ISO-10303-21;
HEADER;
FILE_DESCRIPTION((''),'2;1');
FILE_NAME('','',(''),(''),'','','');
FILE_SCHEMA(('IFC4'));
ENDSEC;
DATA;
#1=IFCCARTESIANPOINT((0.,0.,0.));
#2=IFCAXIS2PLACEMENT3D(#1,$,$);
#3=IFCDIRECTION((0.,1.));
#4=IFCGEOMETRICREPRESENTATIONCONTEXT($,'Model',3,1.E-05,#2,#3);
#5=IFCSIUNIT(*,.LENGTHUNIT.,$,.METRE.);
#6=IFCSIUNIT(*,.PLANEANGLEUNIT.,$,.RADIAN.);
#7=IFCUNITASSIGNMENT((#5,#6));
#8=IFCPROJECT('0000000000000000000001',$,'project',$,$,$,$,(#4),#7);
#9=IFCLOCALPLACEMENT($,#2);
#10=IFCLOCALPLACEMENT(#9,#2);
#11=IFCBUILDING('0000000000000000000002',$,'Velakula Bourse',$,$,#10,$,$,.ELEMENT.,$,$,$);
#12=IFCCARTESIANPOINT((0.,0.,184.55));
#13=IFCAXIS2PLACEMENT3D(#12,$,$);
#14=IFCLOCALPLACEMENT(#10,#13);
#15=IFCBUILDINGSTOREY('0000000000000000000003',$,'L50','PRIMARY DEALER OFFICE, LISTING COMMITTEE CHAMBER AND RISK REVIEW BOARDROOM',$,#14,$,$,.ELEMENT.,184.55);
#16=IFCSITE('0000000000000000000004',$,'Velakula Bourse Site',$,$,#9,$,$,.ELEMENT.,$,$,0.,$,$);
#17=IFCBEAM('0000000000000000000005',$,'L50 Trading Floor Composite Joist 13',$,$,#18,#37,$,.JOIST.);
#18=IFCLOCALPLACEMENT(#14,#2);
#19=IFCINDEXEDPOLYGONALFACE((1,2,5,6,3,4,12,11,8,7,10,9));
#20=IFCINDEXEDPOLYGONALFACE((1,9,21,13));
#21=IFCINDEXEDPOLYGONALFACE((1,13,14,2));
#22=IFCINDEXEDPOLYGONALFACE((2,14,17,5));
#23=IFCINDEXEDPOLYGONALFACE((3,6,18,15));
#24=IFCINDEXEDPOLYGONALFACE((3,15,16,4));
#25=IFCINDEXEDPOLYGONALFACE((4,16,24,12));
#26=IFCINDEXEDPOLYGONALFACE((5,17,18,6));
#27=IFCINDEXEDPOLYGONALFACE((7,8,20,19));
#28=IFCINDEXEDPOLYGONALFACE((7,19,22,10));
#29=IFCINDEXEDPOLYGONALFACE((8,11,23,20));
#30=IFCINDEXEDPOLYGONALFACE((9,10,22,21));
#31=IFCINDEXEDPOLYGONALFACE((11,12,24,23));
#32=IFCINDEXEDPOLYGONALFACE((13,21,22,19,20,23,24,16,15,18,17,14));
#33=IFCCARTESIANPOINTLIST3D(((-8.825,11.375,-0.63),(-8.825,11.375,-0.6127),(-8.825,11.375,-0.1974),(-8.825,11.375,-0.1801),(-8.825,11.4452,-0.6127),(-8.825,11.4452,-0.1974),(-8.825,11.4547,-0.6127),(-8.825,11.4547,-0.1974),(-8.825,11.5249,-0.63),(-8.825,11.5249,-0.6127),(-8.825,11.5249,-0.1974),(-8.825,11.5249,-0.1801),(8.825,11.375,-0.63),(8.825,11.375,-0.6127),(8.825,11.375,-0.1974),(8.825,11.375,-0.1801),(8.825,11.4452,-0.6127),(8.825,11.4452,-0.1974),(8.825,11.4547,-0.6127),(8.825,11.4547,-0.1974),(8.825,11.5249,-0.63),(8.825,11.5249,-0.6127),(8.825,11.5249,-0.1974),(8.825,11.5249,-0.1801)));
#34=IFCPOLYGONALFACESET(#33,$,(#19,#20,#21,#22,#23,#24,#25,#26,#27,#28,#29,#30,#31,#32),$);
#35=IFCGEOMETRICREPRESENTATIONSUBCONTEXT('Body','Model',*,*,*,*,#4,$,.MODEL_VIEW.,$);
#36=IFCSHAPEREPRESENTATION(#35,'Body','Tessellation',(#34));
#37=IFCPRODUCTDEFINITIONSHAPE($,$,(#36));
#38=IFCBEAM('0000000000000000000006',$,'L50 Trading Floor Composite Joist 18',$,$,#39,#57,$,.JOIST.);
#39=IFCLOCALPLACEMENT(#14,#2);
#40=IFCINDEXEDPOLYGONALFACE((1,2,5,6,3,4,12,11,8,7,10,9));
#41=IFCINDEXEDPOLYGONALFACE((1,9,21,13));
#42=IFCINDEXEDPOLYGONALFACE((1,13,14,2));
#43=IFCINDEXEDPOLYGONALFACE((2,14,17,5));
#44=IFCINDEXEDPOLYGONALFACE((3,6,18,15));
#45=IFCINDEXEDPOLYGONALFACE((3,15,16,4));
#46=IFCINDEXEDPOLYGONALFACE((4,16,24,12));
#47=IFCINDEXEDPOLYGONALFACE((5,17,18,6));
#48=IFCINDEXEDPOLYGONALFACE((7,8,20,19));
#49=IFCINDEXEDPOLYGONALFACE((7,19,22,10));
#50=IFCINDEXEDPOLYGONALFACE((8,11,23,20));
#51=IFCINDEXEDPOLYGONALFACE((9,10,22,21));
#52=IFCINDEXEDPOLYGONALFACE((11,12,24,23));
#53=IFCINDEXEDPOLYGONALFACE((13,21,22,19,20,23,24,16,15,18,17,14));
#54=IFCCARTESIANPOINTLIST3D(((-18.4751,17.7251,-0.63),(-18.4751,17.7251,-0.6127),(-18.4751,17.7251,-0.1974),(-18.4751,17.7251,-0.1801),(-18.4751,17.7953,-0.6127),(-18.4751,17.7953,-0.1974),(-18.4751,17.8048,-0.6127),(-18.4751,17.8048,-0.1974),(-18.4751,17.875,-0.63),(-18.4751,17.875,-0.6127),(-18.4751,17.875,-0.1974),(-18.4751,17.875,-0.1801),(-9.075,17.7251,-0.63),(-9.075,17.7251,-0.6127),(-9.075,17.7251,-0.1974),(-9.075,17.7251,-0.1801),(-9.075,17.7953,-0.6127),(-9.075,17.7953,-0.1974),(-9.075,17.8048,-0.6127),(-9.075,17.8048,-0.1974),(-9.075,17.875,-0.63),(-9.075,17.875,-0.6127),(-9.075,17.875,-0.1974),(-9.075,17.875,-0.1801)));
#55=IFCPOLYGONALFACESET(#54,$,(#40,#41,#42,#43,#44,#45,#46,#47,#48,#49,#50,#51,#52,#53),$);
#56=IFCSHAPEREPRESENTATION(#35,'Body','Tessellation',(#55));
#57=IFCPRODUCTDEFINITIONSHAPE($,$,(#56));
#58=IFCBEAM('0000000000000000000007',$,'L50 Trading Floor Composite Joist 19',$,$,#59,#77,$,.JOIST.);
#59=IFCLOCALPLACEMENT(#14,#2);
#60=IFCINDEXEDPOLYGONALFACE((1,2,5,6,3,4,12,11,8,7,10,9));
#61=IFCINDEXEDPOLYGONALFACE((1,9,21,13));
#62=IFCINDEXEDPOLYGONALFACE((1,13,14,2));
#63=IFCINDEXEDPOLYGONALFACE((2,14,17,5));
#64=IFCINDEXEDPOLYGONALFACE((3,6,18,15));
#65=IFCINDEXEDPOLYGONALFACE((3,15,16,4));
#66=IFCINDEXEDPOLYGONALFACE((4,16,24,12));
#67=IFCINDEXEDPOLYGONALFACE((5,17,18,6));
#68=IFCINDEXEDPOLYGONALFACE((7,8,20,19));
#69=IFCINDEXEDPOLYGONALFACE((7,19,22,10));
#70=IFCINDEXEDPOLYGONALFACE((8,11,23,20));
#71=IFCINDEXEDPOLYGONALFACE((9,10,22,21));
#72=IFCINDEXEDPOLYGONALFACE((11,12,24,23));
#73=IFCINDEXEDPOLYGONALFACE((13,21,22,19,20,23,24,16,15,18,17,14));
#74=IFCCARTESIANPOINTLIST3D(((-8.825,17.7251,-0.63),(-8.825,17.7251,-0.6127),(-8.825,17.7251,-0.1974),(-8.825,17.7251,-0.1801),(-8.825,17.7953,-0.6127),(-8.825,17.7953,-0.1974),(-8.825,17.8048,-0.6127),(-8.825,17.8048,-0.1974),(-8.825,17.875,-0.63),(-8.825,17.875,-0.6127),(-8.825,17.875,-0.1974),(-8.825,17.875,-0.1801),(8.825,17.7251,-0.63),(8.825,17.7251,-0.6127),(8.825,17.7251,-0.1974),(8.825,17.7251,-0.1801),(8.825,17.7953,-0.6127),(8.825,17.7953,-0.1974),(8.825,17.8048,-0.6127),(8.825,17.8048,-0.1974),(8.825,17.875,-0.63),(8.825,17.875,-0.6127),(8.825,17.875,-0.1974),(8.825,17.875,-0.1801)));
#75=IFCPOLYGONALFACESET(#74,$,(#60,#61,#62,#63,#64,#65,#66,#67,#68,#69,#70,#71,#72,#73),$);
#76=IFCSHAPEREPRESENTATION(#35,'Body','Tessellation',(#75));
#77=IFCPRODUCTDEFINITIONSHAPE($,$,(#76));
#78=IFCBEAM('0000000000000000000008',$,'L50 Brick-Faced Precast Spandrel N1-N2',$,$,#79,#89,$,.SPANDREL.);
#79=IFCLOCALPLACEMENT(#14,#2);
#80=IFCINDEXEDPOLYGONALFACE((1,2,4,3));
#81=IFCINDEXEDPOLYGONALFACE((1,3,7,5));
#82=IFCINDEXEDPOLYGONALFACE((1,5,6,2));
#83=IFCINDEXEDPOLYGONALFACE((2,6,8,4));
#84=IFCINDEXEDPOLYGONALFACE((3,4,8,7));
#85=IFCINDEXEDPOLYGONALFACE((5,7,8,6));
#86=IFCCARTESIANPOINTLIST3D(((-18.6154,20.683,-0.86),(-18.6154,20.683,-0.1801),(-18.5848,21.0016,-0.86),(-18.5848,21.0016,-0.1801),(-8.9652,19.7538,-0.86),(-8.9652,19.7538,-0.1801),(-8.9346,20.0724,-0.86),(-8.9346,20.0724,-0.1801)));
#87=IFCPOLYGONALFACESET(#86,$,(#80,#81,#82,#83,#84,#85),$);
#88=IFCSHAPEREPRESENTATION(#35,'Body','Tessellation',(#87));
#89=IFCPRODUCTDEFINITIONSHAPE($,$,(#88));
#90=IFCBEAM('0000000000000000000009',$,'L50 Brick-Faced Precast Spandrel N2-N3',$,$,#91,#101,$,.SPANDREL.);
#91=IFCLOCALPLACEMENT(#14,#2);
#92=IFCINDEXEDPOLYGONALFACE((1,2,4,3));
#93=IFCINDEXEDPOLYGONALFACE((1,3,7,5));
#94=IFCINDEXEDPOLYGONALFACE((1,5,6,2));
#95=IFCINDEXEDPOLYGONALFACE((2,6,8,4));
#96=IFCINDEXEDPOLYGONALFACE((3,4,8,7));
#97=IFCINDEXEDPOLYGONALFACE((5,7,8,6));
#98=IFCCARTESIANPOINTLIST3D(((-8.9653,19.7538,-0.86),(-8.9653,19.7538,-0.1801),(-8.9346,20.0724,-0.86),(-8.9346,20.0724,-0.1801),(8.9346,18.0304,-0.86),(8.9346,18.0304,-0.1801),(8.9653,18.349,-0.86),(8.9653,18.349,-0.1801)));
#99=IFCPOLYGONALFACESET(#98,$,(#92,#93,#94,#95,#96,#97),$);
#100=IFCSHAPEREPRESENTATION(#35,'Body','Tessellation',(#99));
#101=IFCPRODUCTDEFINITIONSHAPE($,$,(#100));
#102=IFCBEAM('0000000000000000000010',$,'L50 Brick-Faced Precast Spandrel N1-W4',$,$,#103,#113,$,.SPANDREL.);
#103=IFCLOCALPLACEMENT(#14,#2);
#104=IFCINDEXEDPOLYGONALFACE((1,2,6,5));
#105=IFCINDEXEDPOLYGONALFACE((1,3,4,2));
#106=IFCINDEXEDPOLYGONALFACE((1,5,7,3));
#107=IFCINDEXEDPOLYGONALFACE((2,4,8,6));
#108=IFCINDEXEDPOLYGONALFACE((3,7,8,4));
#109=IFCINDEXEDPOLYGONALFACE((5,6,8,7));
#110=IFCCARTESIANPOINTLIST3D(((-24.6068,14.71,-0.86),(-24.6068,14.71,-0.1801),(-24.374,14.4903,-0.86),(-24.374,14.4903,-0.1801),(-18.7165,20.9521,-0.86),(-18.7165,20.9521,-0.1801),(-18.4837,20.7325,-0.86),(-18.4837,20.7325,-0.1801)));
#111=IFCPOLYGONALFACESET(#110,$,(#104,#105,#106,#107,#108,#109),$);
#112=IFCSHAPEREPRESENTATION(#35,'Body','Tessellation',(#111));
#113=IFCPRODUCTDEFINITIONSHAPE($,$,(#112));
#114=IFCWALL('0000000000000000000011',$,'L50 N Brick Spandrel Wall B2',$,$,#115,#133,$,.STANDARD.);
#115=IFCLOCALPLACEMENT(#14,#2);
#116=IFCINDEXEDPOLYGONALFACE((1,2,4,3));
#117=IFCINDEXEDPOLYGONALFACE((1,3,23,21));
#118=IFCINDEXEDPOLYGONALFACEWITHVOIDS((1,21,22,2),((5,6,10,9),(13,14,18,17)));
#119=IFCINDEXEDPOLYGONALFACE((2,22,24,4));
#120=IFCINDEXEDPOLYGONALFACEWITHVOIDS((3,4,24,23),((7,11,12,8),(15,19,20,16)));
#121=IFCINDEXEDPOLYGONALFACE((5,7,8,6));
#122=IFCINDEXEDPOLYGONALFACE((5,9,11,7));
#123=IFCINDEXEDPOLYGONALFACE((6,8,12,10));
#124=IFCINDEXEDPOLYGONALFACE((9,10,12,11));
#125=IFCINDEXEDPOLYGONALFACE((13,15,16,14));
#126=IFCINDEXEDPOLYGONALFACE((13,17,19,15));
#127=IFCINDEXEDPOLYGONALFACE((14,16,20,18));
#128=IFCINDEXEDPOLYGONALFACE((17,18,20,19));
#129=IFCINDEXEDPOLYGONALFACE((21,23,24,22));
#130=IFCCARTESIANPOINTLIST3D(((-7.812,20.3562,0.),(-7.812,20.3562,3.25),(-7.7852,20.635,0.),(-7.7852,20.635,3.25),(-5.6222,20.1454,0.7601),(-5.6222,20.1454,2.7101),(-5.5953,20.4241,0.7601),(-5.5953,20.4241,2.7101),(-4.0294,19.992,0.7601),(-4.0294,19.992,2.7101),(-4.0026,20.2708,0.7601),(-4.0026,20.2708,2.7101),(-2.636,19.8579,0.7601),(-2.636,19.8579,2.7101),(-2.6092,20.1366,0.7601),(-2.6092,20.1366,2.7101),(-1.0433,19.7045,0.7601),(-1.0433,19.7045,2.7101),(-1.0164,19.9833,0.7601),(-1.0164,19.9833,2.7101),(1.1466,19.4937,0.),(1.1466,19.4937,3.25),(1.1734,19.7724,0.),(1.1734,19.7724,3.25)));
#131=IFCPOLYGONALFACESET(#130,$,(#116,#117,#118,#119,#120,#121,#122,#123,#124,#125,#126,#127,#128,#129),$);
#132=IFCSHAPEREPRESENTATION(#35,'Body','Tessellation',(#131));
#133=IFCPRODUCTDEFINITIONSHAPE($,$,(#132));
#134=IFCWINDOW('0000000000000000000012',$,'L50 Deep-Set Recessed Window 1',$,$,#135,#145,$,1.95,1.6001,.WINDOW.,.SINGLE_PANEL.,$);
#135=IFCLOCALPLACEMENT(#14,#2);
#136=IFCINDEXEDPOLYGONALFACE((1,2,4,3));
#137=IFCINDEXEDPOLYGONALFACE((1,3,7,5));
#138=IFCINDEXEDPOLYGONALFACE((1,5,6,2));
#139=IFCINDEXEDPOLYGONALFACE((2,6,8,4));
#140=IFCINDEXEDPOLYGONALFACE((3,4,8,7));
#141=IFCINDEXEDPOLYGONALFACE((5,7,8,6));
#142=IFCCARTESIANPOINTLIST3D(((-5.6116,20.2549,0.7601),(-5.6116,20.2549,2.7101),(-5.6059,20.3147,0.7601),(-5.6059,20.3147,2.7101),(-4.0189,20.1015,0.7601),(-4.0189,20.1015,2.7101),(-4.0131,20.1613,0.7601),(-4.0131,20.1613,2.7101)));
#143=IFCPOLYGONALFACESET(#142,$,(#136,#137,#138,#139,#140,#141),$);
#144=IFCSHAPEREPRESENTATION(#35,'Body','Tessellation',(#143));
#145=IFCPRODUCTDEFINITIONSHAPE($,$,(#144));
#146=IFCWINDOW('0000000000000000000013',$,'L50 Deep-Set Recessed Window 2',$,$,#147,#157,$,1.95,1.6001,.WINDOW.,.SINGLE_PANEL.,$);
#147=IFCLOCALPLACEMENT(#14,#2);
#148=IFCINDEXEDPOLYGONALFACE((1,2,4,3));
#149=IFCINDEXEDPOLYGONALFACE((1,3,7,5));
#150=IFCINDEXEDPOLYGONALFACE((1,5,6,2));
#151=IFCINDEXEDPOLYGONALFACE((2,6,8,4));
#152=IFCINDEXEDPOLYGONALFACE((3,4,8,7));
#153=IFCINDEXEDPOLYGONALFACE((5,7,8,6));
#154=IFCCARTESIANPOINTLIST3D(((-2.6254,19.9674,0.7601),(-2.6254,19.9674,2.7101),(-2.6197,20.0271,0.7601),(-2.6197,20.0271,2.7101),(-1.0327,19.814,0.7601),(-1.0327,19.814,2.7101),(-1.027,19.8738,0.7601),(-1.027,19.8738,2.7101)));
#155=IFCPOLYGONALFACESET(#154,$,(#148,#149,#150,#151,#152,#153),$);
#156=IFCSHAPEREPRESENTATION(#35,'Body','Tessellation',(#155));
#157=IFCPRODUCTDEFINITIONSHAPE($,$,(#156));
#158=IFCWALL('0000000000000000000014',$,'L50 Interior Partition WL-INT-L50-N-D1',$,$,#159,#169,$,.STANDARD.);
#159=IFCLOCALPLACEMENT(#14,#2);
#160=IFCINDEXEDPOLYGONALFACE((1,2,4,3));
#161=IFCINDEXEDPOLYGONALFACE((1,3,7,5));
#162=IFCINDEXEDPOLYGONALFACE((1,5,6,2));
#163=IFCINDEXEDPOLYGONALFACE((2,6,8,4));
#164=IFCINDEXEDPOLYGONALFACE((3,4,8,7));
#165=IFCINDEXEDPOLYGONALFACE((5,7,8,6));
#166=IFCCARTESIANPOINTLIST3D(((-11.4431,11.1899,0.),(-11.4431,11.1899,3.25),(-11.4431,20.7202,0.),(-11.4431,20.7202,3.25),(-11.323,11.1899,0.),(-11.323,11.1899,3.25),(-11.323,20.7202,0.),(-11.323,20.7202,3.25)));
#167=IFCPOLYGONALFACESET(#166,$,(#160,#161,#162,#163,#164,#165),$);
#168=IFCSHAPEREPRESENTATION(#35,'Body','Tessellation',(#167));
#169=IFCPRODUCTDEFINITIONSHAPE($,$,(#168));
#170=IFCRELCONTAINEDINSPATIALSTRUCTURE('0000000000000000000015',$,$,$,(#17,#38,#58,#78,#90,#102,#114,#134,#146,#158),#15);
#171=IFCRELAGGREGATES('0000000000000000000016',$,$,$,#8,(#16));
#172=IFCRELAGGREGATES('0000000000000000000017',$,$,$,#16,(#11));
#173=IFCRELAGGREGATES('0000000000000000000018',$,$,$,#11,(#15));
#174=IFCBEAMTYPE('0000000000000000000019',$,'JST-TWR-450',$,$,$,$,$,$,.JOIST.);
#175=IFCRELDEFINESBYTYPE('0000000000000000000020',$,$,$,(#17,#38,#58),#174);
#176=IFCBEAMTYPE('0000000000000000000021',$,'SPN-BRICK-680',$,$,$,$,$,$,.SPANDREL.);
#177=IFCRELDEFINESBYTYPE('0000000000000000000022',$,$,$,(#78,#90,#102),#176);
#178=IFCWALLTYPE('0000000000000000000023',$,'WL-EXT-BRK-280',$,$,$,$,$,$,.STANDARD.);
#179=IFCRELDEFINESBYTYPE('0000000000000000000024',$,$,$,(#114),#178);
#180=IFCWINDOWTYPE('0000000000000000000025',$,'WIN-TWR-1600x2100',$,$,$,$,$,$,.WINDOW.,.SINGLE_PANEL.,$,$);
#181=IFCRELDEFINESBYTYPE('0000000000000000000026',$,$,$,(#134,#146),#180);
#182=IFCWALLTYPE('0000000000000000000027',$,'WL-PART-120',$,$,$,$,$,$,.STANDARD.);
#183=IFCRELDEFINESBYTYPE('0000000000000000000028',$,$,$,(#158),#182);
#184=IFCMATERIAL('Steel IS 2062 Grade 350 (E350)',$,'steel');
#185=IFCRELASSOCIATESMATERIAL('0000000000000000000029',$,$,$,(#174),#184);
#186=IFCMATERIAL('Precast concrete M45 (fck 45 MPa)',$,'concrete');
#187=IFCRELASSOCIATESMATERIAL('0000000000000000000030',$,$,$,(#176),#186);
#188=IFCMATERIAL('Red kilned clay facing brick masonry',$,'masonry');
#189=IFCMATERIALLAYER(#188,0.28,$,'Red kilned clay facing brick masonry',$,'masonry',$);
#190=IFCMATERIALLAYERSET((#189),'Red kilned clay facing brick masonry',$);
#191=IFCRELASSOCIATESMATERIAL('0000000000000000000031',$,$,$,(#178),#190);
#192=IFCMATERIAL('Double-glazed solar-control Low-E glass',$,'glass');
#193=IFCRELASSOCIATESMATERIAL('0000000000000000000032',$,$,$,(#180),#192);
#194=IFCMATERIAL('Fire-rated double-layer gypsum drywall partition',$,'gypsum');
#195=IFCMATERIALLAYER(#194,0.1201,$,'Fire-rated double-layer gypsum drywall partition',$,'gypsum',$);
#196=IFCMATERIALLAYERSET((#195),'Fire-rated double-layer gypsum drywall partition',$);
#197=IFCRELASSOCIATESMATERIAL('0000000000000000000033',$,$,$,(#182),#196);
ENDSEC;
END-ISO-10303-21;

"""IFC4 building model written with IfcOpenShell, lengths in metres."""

from ifc_helpers import new_model, si_unit, direction, frame, frame_2d, origin, origin_2d, place, context, subcontext, project, spatial, rectangle, i_section, extrude, material, layer, layer_set, material_profile, profile_set, type_object, element, fill, save


model = new_model("IFC4")

# Units and contexts
model_context = context("Model", 3, precision=1e-05, world=origin(), true_north=direction((0.0, 1.0)))
body_context = subcontext(model_context, "Body", "Model", "MODEL_VIEW")
ifc_project = project(units=[si_unit("LENGTHUNIT", "METRE"), si_unit("PLANEANGLEUNIT", "RADIAN")], contexts=[model_context])

# Site, building, storey
site_placement = place(None, origin())
site = spatial("IfcSite", under=ifc_project, at=site_placement, Name="Velakula Bourse Site", CompositionType="ELEMENT", RefElevation=0.0)
building_placement = place(site_placement, origin())
building = spatial("IfcBuilding", under=site, at=building_placement, Name="Velakula Bourse", CompositionType="ELEMENT")
storey_placement = place(building_placement, frame((0.0, 0.0, 184.55)))
storey = spatial("IfcBuildingStorey", under=building, at=storey_placement, Name="L50", Description="PRIMARY DEALER OFFICE, LISTING COMMITTEE CHAMBER AND RISK REVIEW BOARDROOM", CompositionType="ELEMENT", Elevation=184.55)

# Shared definitions
ifc_material_1 = material(Name="Steel IS 2062 Grade 350 (E350)", Category="steel")

# Beams
ifc_material_profile_1 = material_profile(ifc_material_1, i_section(OverallWidth=0.1499, OverallDepth=0.45, WebThickness=0.0095, FlangeThickness=0.0173, at=origin_2d()), Name="Steel IS 2062 Grade 350 (E350)")
ifc_profile_set_1 = profile_set([ifc_material_profile_1], Name="Steel IS 2062 Grade 350 (E350)")
beam_type_1 = type_object("IfcBeamType", Name="JST-TWR-450", PredefinedType="JOIST", material=ifc_profile_set_1)
beam_1_placement = place(storey_placement, frame((-8.825, 11.45, -0.405), z_axis=(1.0, 0.0, 0.0), x_axis=(0.0, 1.0, 0.0)))
element("IfcBeam", 1, at=beam_1_placement, inside=storey, type_object=beam_type_1, Name="L50 Trading Floor Composite Joist 13", PredefinedType="JOIST", context=body_context, shape_type="SweptSolid", body=[
    extrude(i_section(OverallWidth=0.1499, OverallDepth=0.45, WebThickness=0.0095, FlangeThickness=0.0173, at=origin_2d()), origin(), (0.0, 0.0, 1.0), 17.6499),
])
beam_2_placement = place(storey_placement, frame((-18.4751, 17.8, -0.405), z_axis=(1.0, 0.0, 0.0), x_axis=(0.0, 1.0, 0.0)))
element("IfcBeam", 2, at=beam_2_placement, inside=storey, type_object=beam_type_1, Name="L50 Trading Floor Composite Joist 18", PredefinedType="JOIST", context=body_context, shape_type="SweptSolid", body=[
    extrude(i_section(OverallWidth=0.1499, OverallDepth=0.45, WebThickness=0.0095, FlangeThickness=0.0173, at=origin_2d()), origin(), (0.0, 0.0, 1.0), 9.4001),
])
beam_3_placement = place(storey_placement, frame((-8.825, 17.8, -0.405), z_axis=(1.0, 0.0, 0.0), x_axis=(0.0, 1.0, 0.0)))
element("IfcBeam", 3, at=beam_3_placement, inside=storey, type_object=beam_type_1, Name="L50 Trading Floor Composite Joist 19", PredefinedType="JOIST", context=body_context, shape_type="SweptSolid", body=[
    extrude(i_section(OverallWidth=0.1499, OverallDepth=0.45, WebThickness=0.0095, FlangeThickness=0.0173, at=origin_2d()), origin(), (0.0, 0.0, 1.0), 17.6499),
])
ifc_material_2 = material(Name="Precast concrete M45 (fck 45 MPa)", Category="concrete")
ifc_material_profile_2 = material_profile(ifc_material_2, rectangle(XDim=0.3201, YDim=0.6799, at=origin_2d()), Name="Precast concrete M45 (fck 45 MPa)")
ifc_profile_set_2 = profile_set([ifc_material_profile_2], Name="Precast concrete M45 (fck 45 MPa)")
beam_type_2 = type_object("IfcBeamType", Name="SPN-BRICK-680", PredefinedType="SPANDREL", material=ifc_profile_set_2)
beam_4_placement = place(storey_placement, frame((-18.6001, 20.8423, -0.52), z_axis=(0.995396, -0.095845, 0.0), x_axis=(0.095845, 0.995396, 0.0)))
element("IfcBeam", 4, at=beam_4_placement, inside=storey, type_object=beam_type_2, Name="L50 Brick-Faced Precast Spandrel N1-N2", PredefinedType="SPANDREL", context=body_context, shape_type="SweptSolid", body=[
    extrude(rectangle(XDim=0.3201, YDim=0.6799, at=origin_2d()), origin(), (0.0, 0.0, 1.0), 9.6948),
])
beam_5_placement = place(storey_placement, frame((-8.95, 19.9131, -0.52), z_axis=(0.995397, -0.095836, 0.0), x_axis=(0.095836, 0.995397, 0.0)))
element("IfcBeam", 5, at=beam_5_placement, inside=storey, type_object=beam_type_2, Name="L50 Brick-Faced Precast Spandrel N2-N3", PredefinedType="SPANDREL", context=body_context, shape_type="SweptSolid", body=[
    extrude(rectangle(XDim=0.3201, YDim=0.6799, at=origin_2d()), origin(), (0.0, 0.0, 1.0), 17.9827),
])
beam_6_placement = place(storey_placement, frame((-18.6001, 20.8423, -0.52), z_axis=(-0.686314, -0.727305, 0.0), x_axis=(0.727305, -0.686314, 0.0)))
element("IfcBeam", 6, at=beam_6_placement, inside=storey, type_object=beam_type_2, Name="L50 Brick-Faced Precast Spandrel N1-W4", PredefinedType="SPANDREL", context=body_context, shape_type="SweptSolid", body=[
    extrude(rectangle(XDim=0.3201, YDim=0.6799, at=origin_2d()), origin(), (0.0, 0.0, 1.0), 8.5825),
])

# Wall, openings, windows
ifc_material_3 = material(Name="Red kilned clay facing brick masonry", Category="masonry")
ifc_layer_1 = layer(ifc_material_3, 0.28, Name="Red kilned clay facing brick masonry", Category="masonry")
ifc_layer_set_1 = layer_set([ifc_layer_1], Name="Red kilned clay facing brick masonry")
wall_type_1 = type_object("IfcWallType", Name="WL-EXT-BRK-280", PredefinedType="STANDARD", material=ifc_layer_set_1)
wall_1_placement = place(storey_placement, frame((-7.7986, 20.4956, 0.0), z_axis=(0.0, 0.0, 1.0), x_axis=(0.995397, -0.09584, 0.0)))
wall_1 = element("IfcWall", 7, at=wall_1_placement, inside=storey, type_object=wall_type_1, Name="L50 N Brick Spandrel Wall B2", PredefinedType="STANDARD", context=body_context, shape_type="SweptSolid", body=[
    extrude(rectangle(XDim=9.0, YDim=0.28, at=frame_2d((4.5, 0.0))), origin(), (0.0, 0.0, 1.0), 3.25),
])
opening_1_placement = place(wall_1_placement, frame((2.2, 0.0, 0.76)))
opening_1 = element("IfcOpeningElement", 8, at=opening_1_placement, cuts=wall_1, PredefinedType="OPENING", context=body_context, shape_type="SweptSolid", body=[
    extrude(rectangle(XDim=1.6001, YDim=1.95, at=frame_2d((0.8, 0.9751))), frame((0.0, 0.1499, 0.0), z_axis=(0.0, -1.0, 0.0), x_axis=(1.0, 0.0, 0.0)), (0.0, 0.0, 1.0), 0.3),
])
opening_2_placement = place(wall_1_placement, frame((5.2, 0.0, 0.76)))
opening_2 = element("IfcOpeningElement", 9, at=opening_2_placement, cuts=wall_1, PredefinedType="OPENING", context=body_context, shape_type="SweptSolid", body=[
    extrude(rectangle(XDim=1.6001, YDim=1.95, at=frame_2d((0.8, 0.9751))), frame((0.0, 0.1499, 0.0), z_axis=(0.0, -1.0, 0.0), x_axis=(1.0, 0.0, 0.0)), (0.0, 0.0, 1.0), 0.3),
])
ifc_material_4 = material(Name="Double-glazed solar-control Low-E glass", Category="glass")
window_type = type_object("IfcWindowType", Name="WIN-TWR-1600x2100", PartitioningType="SINGLE_PANEL", PredefinedType="WINDOW", material=ifc_material_4)
window_1_placement = place(opening_1_placement, origin())
window_1 = element("IfcWindow", 10, at=window_1_placement, inside=storey, type_object=window_type, Name="L50 Deep-Set Recessed Window 1", OverallHeight=1.95, OverallWidth=1.6001, PartitioningType="SINGLE_PANEL", PredefinedType="WINDOW", context=body_context, shape_type="SweptSolid", body=[
    extrude(rectangle(XDim=1.6001, YDim=1.95, at=frame_2d((0.8, 0.9751))), frame((0.0, 0.03, 0.0), z_axis=(0.0, -1.0, 0.0), x_axis=(1.0, 0.0, 0.0)), (0.0, 0.0, 1.0), 0.0601),
])
fill(opening_1, window_1)
window_2_placement = place(opening_2_placement, origin())
window_2 = element("IfcWindow", 11, at=window_2_placement, inside=storey, type_object=window_type, Name="L50 Deep-Set Recessed Window 2", OverallHeight=1.95, OverallWidth=1.6001, PartitioningType="SINGLE_PANEL", PredefinedType="WINDOW", context=body_context, shape_type="SweptSolid", body=[
    extrude(rectangle(XDim=1.6001, YDim=1.95, at=frame_2d((0.8, 0.9751))), frame((0.0, 0.03, 0.0), z_axis=(0.0, -1.0, 0.0), x_axis=(1.0, 0.0, 0.0)), (0.0, 0.0, 1.0), 0.0601),
])
fill(opening_2, window_2)

# Wall
ifc_material_5 = material(Name="Fire-rated double-layer gypsum drywall partition", Category="gypsum")
ifc_layer_2 = layer(ifc_material_5, 0.1201, Name="Fire-rated double-layer gypsum drywall partition", Category="gypsum")
ifc_layer_set_2 = layer_set([ifc_layer_2], Name="Fire-rated double-layer gypsum drywall partition")
wall_type_2 = type_object("IfcWallType", Name="WL-PART-120", PredefinedType="STANDARD", material=ifc_layer_set_2)
wall_2_placement = place(storey_placement, frame((-11.3831, 11.1899, 0.0), z_axis=(0.0, 0.0, 1.0), x_axis=(0.0, 1.0, 0.0)))
element("IfcWall", 12, at=wall_2_placement, inside=storey, type_object=wall_type_2, Name="L50 Interior Partition WL-INT-L50-N-D1", PredefinedType="STANDARD", context=body_context, shape_type="SweptSolid", body=[
    extrude(rectangle(XDim=9.5303, YDim=0.1201, at=frame_2d((4.7651, 0.0))), origin(), (0.0, 0.0, 1.0), 3.25),
])

save(model, "model.ifc")
